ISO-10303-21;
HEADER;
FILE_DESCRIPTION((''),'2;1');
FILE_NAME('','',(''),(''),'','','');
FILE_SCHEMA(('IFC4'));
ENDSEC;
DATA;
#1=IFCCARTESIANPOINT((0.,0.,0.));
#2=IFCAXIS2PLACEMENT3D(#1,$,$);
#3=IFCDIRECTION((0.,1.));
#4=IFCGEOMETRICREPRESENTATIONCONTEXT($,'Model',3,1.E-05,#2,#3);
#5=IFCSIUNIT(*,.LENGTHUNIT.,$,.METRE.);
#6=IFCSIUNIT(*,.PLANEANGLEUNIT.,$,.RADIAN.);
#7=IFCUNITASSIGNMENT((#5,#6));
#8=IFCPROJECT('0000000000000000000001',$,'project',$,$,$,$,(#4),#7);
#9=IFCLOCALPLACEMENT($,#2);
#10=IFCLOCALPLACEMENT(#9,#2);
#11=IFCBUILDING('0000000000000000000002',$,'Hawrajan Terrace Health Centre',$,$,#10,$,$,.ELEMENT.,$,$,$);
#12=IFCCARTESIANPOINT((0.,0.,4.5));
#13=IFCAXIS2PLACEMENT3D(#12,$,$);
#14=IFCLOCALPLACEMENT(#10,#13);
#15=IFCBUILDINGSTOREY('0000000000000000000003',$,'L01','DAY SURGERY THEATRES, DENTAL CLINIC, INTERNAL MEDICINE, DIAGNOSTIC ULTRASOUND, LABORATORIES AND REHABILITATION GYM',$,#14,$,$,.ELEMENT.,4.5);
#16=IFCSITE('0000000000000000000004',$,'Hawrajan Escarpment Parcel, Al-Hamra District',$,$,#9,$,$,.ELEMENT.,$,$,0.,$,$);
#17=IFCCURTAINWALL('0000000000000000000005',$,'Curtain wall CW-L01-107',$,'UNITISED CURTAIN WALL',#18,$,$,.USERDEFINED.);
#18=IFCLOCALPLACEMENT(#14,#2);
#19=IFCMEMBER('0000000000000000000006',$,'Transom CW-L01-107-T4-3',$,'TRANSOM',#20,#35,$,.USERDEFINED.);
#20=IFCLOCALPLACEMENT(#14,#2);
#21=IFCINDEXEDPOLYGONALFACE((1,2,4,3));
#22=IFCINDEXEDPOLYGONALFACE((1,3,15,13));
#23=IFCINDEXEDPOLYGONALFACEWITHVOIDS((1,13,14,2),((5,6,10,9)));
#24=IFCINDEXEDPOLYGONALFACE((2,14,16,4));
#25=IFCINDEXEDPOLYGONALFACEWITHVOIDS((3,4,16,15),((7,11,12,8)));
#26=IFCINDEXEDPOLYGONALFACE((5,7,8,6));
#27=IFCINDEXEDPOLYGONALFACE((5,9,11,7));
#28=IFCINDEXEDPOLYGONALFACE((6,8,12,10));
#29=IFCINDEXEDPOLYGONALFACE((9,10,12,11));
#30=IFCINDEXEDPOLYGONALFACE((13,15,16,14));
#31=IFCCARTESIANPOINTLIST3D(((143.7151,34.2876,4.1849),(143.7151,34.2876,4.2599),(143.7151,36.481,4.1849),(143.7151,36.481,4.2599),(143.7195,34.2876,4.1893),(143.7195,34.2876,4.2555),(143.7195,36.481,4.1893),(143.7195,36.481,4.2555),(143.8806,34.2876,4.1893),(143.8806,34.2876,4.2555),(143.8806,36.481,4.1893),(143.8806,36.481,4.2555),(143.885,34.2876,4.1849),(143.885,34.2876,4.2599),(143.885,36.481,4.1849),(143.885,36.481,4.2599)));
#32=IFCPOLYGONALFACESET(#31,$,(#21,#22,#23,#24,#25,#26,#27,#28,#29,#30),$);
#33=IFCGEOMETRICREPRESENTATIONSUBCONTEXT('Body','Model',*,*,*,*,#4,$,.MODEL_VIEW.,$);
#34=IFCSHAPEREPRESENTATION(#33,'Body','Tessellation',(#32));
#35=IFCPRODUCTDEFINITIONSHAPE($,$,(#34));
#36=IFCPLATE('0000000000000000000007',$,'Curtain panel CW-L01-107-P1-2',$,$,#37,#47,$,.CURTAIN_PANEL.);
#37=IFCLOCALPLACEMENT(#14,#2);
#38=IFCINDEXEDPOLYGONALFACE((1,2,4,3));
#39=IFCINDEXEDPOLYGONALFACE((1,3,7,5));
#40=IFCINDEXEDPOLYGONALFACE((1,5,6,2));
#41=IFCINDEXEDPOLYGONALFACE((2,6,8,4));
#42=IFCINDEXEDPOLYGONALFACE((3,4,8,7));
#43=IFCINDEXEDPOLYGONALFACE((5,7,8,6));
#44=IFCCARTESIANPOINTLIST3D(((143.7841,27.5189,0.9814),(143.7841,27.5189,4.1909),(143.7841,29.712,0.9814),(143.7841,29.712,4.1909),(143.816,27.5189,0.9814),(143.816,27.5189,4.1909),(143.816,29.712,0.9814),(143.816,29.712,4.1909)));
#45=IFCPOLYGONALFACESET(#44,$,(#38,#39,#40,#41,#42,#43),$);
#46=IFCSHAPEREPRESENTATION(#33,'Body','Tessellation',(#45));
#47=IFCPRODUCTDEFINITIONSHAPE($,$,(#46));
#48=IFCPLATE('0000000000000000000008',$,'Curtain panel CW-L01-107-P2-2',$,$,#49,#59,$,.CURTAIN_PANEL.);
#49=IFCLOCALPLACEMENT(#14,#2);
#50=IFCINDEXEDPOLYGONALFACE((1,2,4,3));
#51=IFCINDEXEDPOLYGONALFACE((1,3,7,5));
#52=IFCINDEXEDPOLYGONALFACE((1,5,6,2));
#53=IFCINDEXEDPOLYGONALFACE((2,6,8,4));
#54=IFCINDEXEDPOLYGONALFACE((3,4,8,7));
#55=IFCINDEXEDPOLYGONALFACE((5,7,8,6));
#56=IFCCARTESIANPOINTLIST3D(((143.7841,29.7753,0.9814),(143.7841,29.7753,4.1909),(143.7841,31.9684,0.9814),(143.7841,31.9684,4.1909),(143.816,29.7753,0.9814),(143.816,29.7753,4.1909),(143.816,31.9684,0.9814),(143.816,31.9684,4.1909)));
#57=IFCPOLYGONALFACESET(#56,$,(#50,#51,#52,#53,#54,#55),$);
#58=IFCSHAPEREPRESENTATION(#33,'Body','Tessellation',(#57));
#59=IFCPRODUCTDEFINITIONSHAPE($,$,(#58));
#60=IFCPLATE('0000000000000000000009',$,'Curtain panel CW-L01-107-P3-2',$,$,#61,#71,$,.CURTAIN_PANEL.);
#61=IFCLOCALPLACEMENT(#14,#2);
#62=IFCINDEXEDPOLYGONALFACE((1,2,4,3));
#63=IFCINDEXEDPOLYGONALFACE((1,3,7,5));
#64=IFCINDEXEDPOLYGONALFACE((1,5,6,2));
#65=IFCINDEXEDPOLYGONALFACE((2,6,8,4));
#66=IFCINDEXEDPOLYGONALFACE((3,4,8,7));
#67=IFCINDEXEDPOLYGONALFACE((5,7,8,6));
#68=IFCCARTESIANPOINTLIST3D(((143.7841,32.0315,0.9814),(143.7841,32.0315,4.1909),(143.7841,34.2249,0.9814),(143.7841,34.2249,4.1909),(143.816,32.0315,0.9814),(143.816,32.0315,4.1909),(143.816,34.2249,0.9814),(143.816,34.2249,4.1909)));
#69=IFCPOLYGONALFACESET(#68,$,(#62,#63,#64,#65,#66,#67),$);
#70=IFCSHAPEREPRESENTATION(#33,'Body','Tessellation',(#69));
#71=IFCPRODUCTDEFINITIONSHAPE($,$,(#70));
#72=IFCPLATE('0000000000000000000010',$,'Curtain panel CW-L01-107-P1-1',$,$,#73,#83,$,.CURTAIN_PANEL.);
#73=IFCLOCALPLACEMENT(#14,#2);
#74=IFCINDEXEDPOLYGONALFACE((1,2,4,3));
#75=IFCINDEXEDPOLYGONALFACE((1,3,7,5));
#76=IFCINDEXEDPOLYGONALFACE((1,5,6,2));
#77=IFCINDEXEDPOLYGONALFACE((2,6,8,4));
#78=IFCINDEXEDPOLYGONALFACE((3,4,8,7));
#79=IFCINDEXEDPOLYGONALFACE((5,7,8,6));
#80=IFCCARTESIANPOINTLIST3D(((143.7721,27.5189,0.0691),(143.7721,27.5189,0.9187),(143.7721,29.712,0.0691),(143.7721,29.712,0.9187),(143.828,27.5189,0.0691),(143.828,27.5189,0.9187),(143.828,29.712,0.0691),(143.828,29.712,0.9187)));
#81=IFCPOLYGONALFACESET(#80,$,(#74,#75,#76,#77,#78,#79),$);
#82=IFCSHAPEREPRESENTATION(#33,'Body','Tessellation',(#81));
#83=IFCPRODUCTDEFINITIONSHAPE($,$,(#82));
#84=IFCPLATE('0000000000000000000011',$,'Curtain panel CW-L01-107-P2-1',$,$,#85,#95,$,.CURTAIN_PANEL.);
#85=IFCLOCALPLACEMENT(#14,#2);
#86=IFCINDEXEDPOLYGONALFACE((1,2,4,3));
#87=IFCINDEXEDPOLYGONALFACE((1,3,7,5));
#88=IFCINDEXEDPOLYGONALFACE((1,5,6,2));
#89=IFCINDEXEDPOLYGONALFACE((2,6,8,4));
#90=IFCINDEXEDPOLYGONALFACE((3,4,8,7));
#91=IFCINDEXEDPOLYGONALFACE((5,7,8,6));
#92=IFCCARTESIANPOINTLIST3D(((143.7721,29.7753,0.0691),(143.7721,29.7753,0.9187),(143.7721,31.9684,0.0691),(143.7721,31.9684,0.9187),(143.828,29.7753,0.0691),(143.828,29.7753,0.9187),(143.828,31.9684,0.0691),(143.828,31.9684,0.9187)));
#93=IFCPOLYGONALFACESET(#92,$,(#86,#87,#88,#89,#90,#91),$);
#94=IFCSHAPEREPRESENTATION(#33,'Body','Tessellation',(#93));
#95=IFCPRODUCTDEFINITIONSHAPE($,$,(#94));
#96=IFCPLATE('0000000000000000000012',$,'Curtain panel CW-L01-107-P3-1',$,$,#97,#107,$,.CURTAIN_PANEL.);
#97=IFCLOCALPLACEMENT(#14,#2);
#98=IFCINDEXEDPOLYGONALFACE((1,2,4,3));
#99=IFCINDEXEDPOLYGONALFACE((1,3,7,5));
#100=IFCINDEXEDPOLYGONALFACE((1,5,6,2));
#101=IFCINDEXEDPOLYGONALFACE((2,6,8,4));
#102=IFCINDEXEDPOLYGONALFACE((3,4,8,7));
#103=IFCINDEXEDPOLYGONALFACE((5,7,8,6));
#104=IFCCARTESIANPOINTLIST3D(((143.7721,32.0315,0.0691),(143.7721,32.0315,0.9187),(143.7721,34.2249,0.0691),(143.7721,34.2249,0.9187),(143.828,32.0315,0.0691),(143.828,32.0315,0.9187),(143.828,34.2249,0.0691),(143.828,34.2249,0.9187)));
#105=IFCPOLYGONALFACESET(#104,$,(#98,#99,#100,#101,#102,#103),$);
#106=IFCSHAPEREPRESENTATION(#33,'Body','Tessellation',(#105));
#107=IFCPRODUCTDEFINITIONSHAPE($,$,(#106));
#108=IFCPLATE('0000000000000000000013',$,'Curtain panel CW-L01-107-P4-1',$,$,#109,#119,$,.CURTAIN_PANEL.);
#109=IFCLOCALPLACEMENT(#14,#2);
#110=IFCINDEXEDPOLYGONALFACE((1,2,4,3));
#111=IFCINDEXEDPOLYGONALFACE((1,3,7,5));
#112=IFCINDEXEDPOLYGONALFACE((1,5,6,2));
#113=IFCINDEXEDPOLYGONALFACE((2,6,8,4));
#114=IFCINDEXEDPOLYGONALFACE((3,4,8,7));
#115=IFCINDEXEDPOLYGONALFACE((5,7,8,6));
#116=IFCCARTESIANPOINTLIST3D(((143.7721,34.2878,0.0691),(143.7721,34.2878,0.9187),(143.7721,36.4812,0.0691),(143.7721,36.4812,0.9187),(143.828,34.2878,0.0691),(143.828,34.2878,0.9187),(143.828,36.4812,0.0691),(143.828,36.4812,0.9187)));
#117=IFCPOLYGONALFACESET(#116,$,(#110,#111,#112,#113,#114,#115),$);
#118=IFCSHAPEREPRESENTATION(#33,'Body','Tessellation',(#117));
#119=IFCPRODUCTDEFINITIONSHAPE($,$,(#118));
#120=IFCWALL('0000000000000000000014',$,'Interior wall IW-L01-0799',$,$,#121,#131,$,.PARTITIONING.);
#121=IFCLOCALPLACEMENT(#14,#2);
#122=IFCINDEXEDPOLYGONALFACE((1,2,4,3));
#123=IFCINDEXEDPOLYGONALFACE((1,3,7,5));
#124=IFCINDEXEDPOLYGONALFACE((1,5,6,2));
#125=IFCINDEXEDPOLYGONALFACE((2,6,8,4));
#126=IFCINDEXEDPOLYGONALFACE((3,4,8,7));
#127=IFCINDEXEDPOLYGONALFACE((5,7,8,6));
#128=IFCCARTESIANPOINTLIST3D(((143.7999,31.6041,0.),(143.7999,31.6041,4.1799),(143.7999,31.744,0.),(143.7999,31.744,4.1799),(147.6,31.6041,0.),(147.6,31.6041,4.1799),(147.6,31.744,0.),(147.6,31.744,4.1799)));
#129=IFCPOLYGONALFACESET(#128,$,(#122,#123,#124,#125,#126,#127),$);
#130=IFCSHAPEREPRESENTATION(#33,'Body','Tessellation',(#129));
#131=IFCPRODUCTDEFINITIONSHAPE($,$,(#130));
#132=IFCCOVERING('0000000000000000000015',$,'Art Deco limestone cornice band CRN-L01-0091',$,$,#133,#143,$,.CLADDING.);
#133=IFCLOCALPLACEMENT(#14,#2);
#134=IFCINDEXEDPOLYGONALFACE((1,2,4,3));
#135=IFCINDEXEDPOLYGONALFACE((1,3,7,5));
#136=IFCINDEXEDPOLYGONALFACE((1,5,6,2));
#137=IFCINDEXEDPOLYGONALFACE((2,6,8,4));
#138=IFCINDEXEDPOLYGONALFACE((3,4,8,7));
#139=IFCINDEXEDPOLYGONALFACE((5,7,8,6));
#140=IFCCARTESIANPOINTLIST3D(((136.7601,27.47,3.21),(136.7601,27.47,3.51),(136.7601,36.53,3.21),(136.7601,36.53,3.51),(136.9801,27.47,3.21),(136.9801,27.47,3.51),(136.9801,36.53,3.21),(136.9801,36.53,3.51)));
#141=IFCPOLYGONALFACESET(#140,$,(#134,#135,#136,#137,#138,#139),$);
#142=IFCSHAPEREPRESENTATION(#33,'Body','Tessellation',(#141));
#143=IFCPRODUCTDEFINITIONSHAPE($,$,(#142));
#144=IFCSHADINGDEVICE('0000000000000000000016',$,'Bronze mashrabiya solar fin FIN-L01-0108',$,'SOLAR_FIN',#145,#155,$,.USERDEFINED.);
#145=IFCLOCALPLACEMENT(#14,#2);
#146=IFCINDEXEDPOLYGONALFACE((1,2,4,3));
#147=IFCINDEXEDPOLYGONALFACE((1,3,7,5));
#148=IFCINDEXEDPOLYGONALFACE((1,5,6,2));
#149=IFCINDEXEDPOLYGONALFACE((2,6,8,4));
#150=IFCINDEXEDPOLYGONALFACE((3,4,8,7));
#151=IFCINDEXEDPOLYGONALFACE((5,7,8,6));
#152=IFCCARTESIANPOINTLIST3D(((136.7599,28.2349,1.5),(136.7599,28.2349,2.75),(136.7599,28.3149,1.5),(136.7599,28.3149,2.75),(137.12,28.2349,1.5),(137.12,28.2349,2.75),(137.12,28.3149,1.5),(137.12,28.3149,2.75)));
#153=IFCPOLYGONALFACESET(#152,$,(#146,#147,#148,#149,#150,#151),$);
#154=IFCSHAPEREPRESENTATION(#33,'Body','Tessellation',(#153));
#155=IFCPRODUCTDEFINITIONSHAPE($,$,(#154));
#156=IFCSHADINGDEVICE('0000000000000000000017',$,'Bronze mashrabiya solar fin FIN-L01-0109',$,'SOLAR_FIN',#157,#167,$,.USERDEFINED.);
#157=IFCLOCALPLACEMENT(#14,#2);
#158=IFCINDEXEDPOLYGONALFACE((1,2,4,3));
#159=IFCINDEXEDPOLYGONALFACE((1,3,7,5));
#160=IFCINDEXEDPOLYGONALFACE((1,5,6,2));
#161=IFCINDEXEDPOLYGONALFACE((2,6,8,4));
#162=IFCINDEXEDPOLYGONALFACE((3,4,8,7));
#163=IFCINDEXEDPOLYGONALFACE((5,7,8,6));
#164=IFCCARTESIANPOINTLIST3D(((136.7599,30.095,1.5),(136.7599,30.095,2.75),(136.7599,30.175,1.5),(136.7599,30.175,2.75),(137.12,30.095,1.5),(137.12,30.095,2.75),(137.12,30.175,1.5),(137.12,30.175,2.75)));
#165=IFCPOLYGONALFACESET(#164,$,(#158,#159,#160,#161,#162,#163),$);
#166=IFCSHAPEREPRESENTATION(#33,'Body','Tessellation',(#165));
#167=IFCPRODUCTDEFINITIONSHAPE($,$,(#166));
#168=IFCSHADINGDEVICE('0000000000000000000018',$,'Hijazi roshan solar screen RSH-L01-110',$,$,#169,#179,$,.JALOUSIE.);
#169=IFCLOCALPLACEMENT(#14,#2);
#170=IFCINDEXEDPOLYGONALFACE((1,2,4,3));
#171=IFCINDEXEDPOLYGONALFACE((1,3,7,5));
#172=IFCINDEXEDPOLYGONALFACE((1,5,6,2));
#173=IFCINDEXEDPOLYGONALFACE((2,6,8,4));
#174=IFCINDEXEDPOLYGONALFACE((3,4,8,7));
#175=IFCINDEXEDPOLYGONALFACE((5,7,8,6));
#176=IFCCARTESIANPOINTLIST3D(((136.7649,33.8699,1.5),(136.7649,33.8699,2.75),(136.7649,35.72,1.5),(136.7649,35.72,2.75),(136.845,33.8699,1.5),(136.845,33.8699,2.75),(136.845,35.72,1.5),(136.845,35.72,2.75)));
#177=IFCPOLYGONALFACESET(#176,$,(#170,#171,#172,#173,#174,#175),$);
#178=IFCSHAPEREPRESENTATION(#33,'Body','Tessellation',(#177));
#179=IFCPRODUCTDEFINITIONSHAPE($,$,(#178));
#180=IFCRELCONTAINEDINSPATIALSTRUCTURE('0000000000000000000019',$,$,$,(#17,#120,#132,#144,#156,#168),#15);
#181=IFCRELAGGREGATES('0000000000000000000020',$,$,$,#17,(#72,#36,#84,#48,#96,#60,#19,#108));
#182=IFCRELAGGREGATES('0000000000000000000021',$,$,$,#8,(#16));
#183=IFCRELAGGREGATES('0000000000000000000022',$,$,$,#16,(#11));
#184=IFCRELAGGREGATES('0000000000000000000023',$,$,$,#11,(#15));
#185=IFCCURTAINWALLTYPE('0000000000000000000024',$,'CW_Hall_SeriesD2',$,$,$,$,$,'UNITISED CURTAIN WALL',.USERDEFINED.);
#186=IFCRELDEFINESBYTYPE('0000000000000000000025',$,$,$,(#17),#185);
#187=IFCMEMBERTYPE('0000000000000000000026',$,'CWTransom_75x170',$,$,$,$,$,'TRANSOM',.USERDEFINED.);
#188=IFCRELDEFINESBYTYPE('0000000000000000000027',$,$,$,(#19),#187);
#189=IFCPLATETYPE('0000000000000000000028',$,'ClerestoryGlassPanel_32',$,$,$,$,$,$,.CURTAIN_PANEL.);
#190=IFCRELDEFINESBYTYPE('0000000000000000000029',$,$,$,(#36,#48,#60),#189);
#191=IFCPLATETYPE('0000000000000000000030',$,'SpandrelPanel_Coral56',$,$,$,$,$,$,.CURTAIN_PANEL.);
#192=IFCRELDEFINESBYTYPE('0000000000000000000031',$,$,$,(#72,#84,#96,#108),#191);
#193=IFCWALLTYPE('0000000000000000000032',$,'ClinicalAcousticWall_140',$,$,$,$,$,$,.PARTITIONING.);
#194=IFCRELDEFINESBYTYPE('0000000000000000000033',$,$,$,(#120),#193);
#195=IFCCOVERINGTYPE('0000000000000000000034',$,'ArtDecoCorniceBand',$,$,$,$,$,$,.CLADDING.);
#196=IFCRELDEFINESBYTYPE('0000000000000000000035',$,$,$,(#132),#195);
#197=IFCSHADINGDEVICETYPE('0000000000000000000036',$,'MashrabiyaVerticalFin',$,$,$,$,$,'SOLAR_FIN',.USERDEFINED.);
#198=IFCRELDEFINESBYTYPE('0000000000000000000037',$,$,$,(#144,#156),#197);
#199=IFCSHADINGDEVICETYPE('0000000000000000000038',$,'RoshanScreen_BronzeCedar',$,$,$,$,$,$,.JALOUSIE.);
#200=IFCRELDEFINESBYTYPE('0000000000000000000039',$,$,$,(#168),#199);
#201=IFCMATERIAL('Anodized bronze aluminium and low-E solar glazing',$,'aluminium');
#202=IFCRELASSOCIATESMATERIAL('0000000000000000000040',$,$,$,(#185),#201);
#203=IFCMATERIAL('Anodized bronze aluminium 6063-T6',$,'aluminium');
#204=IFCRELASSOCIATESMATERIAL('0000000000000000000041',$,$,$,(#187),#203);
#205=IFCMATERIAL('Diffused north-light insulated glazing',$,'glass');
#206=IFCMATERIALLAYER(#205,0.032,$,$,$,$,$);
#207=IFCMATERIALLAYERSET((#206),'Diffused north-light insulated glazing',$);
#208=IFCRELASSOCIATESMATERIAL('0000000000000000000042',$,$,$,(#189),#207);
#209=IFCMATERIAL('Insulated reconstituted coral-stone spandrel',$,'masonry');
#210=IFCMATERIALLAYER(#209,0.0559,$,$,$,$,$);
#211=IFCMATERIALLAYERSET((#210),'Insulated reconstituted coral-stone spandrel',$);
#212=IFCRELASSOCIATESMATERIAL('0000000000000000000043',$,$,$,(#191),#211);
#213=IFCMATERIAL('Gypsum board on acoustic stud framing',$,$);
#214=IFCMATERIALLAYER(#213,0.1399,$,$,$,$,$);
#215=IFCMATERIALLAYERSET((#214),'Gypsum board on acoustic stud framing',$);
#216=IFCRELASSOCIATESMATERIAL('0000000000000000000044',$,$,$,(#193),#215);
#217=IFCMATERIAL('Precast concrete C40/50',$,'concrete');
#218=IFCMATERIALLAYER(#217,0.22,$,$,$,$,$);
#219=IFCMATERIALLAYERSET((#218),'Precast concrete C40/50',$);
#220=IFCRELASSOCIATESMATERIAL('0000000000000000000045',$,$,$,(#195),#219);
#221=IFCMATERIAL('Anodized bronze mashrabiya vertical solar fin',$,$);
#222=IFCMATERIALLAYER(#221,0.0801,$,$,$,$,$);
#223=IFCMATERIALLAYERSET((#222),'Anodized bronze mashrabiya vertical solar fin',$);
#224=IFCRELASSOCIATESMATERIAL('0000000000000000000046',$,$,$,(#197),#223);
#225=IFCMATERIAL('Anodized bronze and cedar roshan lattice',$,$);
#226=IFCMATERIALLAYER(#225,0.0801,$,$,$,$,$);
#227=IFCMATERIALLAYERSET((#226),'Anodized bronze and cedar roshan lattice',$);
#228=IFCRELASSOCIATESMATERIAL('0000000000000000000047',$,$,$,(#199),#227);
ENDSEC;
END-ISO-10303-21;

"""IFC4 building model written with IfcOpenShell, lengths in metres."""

from ifc_helpers import new_model, si_unit, direction, frame, frame_2d, origin, origin_2d, place, context, subcontext, project, spatial, rectangle, hollow_rectangle, extrude, material, layer, layer_set, material_profile, profile_set, type_object, element, aggregate, save


model = new_model("IFC4")

# Units and contexts
model_context = context("Model", 3, precision=1e-05, world=origin(), true_north=direction((0.0, 1.0)))
body_context = subcontext(model_context, "Body", "Model", "MODEL_VIEW")
ifc_project = project(units=[si_unit("LENGTHUNIT", "METRE"), si_unit("PLANEANGLEUNIT", "RADIAN")], contexts=[model_context])

# Site, building, storey
site_placement = place(None, origin())
site = spatial("IfcSite", under=ifc_project, at=site_placement, Name="Hawrajan Escarpment Parcel, Al-Hamra District", CompositionType="ELEMENT", RefElevation=0.0)
building_placement = place(site_placement, origin())
building = spatial("IfcBuilding", under=site, at=building_placement, Name="Hawrajan Terrace Health Centre", CompositionType="ELEMENT")
storey_placement = place(building_placement, frame((0.0, 0.0, 4.5)))
storey = spatial("IfcBuildingStorey", under=building, at=storey_placement, Name="L01", Description="DAY SURGERY THEATRES, DENTAL CLINIC, INTERNAL MEDICINE, DIAGNOSTIC ULTRASOUND, LABORATORIES AND REHABILITATION GYM", CompositionType="ELEMENT", Elevation=4.5)

# Curtain wall, member, plates
ifc_material_1 = material(Name="Anodized bronze aluminium and low-E solar glazing", Category="aluminium")
curtain_wall_type = type_object("IfcCurtainWallType", Name="CW_Hall_SeriesD2", ElementType="UNITISED CURTAIN WALL", PredefinedType="USERDEFINED", material=ifc_material_1)
curtain_wall_placement = place(storey_placement, origin())
curtain_wall = element("IfcCurtainWall", 1, at=curtain_wall_placement, inside=storey, type_object=curtain_wall_type, Name="Curtain wall CW-L01-107", ObjectType="UNITISED CURTAIN WALL", PredefinedType="USERDEFINED")
ifc_material_2 = material(Name="Anodized bronze aluminium 6063-T6", Category="aluminium")
ifc_material_profile_1 = material_profile(ifc_material_2, hollow_rectangle(XDim=0.075, YDim=0.1699, WallThickness=0.0044, at=origin_2d()), Name="CW TRN 75x170")
ifc_profile_set_1 = profile_set([ifc_material_profile_1], Name="Anodized bronze aluminium 6063-T6")
member_type_1 = type_object("IfcMemberType", Name="CWTransom_75x170", ElementType="TRANSOM", PredefinedType="USERDEFINED", material=ifc_profile_set_1)
member_1_placement = place(storey_placement, frame((143.8, 34.2876, 4.2224), z_axis=(0.0, 1.0, 0.0), x_axis=(0.0, 0.0, 1.0)))
member_1 = element("IfcMember", 2, at=member_1_placement, type_object=member_type_1, Name="Transom CW-L01-107-T4-3", ObjectType="TRANSOM", PredefinedType="USERDEFINED", context=body_context, shape_type="SweptSolid", body=[
    extrude(hollow_rectangle(XDim=0.075, YDim=0.1699, WallThickness=0.0044, at=origin_2d()), origin(), (0.0, 0.0, 1.0), 2.1934),
])
ifc_material_3 = material(Name="Diffused north-light insulated glazing", Category="glass")
ifc_layer_1 = layer(ifc_material_3, 0.032)
ifc_layer_set_1 = layer_set([ifc_layer_1], Name="Diffused north-light insulated glazing")
plate_type_1 = type_object("IfcPlateType", Name="ClerestoryGlassPanel_32", PredefinedType="CURTAIN_PANEL", material=ifc_layer_set_1)
plate_1_placement = place(storey_placement, frame((143.8, 28.6155, 0.9814), z_axis=(0.0, 0.0, 1.0), x_axis=(0.0, 1.0, 0.0)))
plate_1 = element("IfcPlate", 3, at=plate_1_placement, type_object=plate_type_1, Name="Curtain panel CW-L01-107-P1-2", PredefinedType="CURTAIN_PANEL", context=body_context, shape_type="SweptSolid", body=[
    extrude(rectangle(XDim=2.1931, YDim=0.032, at=origin_2d()), origin(), (0.0, 0.0, 1.0), 3.2095),
])
plate_2_placement = place(storey_placement, frame((143.8, 30.8718, 0.9814), z_axis=(0.0, 0.0, 1.0), x_axis=(0.0, 1.0, 0.0)))
plate_2 = element("IfcPlate", 4, at=plate_2_placement, type_object=plate_type_1, Name="Curtain panel CW-L01-107-P2-2", PredefinedType="CURTAIN_PANEL", context=body_context, shape_type="SweptSolid", body=[
    extrude(rectangle(XDim=2.1931, YDim=0.032, at=origin_2d()), origin(), (0.0, 0.0, 1.0), 3.2095),
])
plate_3_placement = place(storey_placement, frame((143.8, 33.1282, 0.9814), z_axis=(0.0, 0.0, 1.0), x_axis=(0.0, 1.0, 0.0)))
plate_3 = element("IfcPlate", 5, at=plate_3_placement, type_object=plate_type_1, Name="Curtain panel CW-L01-107-P3-2", PredefinedType="CURTAIN_PANEL", context=body_context, shape_type="SweptSolid", body=[
    extrude(rectangle(XDim=2.1934, YDim=0.032, at=origin_2d()), origin(), (0.0, 0.0, 1.0), 3.2095),
])
ifc_material_4 = material(Name="Insulated reconstituted coral-stone spandrel", Category="masonry")
ifc_layer_2 = layer(ifc_material_4, 0.0559)
ifc_layer_set_2 = layer_set([ifc_layer_2], Name="Insulated reconstituted coral-stone spandrel")
plate_type_2 = type_object("IfcPlateType", Name="SpandrelPanel_Coral56", PredefinedType="CURTAIN_PANEL", material=ifc_layer_set_2)
plate_4_placement = place(storey_placement, frame((143.8, 28.6155, 0.0691), z_axis=(0.0, 0.0, 1.0), x_axis=(0.0, 1.0, 0.0)))
plate_4 = element("IfcPlate", 6, at=plate_4_placement, type_object=plate_type_2, Name="Curtain panel CW-L01-107-P1-1", PredefinedType="CURTAIN_PANEL", context=body_context, shape_type="SweptSolid", body=[
    extrude(rectangle(XDim=2.1931, YDim=0.0559, at=origin_2d()), origin(), (0.0, 0.0, 1.0), 0.8496),
])
plate_5_placement = place(storey_placement, frame((143.8, 30.8718, 0.0691), z_axis=(0.0, 0.0, 1.0), x_axis=(0.0, 1.0, 0.0)))
plate_5 = element("IfcPlate", 7, at=plate_5_placement, type_object=plate_type_2, Name="Curtain panel CW-L01-107-P2-1", PredefinedType="CURTAIN_PANEL", context=body_context, shape_type="SweptSolid", body=[
    extrude(rectangle(XDim=2.1931, YDim=0.0559, at=origin_2d()), origin(), (0.0, 0.0, 1.0), 0.8496),
])
plate_6_placement = place(storey_placement, frame((143.8, 33.1282, 0.0691), z_axis=(0.0, 0.0, 1.0), x_axis=(0.0, 1.0, 0.0)))
plate_6 = element("IfcPlate", 8, at=plate_6_placement, type_object=plate_type_2, Name="Curtain panel CW-L01-107-P3-1", PredefinedType="CURTAIN_PANEL", context=body_context, shape_type="SweptSolid", body=[
    extrude(rectangle(XDim=2.1934, YDim=0.0559, at=origin_2d()), origin(), (0.0, 0.0, 1.0), 0.8496),
])
plate_7_placement = place(storey_placement, frame((143.8, 35.3845, 0.0691), z_axis=(0.0, 0.0, 1.0), x_axis=(0.0, 1.0, 0.0)))
plate_7 = element("IfcPlate", 9, at=plate_7_placement, type_object=plate_type_2, Name="Curtain panel CW-L01-107-P4-1", PredefinedType="CURTAIN_PANEL", context=body_context, shape_type="SweptSolid", body=[
    extrude(rectangle(XDim=2.1934, YDim=0.0559, at=origin_2d()), origin(), (0.0, 0.0, 1.0), 0.8496),
])
aggregate(curtain_wall, [plate_4, plate_1, plate_5, plate_2, plate_6, plate_3, member_1, plate_7])

# Wall
ifc_material_5 = material(Name="Gypsum board on acoustic stud framing")
ifc_layer_3 = layer(ifc_material_5, 0.1399)
ifc_layer_set_3 = layer_set([ifc_layer_3], Name="Gypsum board on acoustic stud framing")
wall_type = type_object("IfcWallType", Name="ClinicalAcousticWall_140", PredefinedType="PARTITIONING", material=ifc_layer_set_3)
wall_placement = place(storey_placement, frame((143.8, 31.6741, 0.0), z_axis=(0.0, 0.0, 1.0), x_axis=(1.0, 0.0, 0.0)))
element("IfcWall", 10, at=wall_placement, inside=storey, type_object=wall_type, Name="Interior wall IW-L01-0799", PredefinedType="PARTITIONING", context=body_context, shape_type="SweptSolid", body=[
    extrude(rectangle(XDim=3.8, YDim=0.1399, at=frame_2d((1.8999, 0.0))), origin(), (0.0, 0.0, 1.0), 4.1799),
])

# Covering
ifc_material_6 = material(Name="Precast concrete C40/50", Category="concrete")
ifc_layer_4 = layer(ifc_material_6, 0.22)
ifc_layer_set_4 = layer_set([ifc_layer_4], Name="Precast concrete C40/50")
covering_type = type_object("IfcCoveringType", Name="ArtDecoCorniceBand", PredefinedType="CLADDING", material=ifc_layer_set_4)
covering_placement = place(storey_placement, frame((136.8701, 32.0, 3.21), z_axis=(0.0, 0.0, 1.0), x_axis=(0.0, 1.0, 0.0)))
element("IfcCovering", 11, at=covering_placement, inside=storey, type_object=covering_type, Name="Art Deco limestone cornice band CRN-L01-0091", PredefinedType="CLADDING", context=body_context, shape_type="SweptSolid", body=[
    extrude(rectangle(XDim=9.0601, YDim=0.22, at=origin_2d()), origin(), (0.0, 0.0, 1.0), 0.3),
])

# Shading devices
ifc_material_7 = material(Name="Anodized bronze mashrabiya vertical solar fin")
ifc_layer_5 = layer(ifc_material_7, 0.0801)
ifc_layer_set_5 = layer_set([ifc_layer_5], Name="Anodized bronze mashrabiya vertical solar fin")
shading_device_type_1 = type_object("IfcShadingDeviceType", Name="MashrabiyaVerticalFin", ElementType="SOLAR_FIN", PredefinedType="USERDEFINED", material=ifc_layer_set_5)
for number, where, z_axis, x_axis, name in (
    (12, (136.9399, 28.2749, 1.5), (0.0, 0.0, 1.0), (0.0, 1.0, 0.0), "Bronze mashrabiya solar fin FIN-L01-0108"),
    (13, (136.9399, 30.135, 1.5), (0.0, 0.0, 1.0), (0.0, 1.0, 0.0), "Bronze mashrabiya solar fin FIN-L01-0109"),
):
    element("IfcShadingDevice", number, at=place(storey_placement, frame(where, z_axis=z_axis, x_axis=x_axis)), inside=storey, type_object=shading_device_type_1, Name=name, ObjectType="SOLAR_FIN", PredefinedType="USERDEFINED", context=body_context, shape_type="SweptSolid", body=[
        extrude(rectangle(XDim=0.0801, YDim=0.3601, at=origin_2d()), origin(), (0.0, 0.0, 1.0), 1.25),
    ])
ifc_material_8 = material(Name="Anodized bronze and cedar roshan lattice")
ifc_layer_6 = layer(ifc_material_8, 0.0801)
ifc_layer_set_6 = layer_set([ifc_layer_6], Name="Anodized bronze and cedar roshan lattice")
shading_device_type_2 = type_object("IfcShadingDeviceType", Name="RoshanScreen_BronzeCedar", PredefinedType="JALOUSIE", material=ifc_layer_set_6)
shading_device_placement = place(storey_placement, frame((136.8049, 34.7949, 1.5), z_axis=(0.0, 0.0, 1.0), x_axis=(0.0, 1.0, 0.0)))
element("IfcShadingDevice", 14, at=shading_device_placement, inside=storey, type_object=shading_device_type_2, Name="Hijazi roshan solar screen RSH-L01-110", PredefinedType="JALOUSIE", context=body_context, shape_type="SweptSolid", body=[
    extrude(rectangle(XDim=1.8501, YDim=0.0801, at=origin_2d()), origin(), (0.0, 0.0, 1.0), 1.25),
])

save(model, "model.ifc")
